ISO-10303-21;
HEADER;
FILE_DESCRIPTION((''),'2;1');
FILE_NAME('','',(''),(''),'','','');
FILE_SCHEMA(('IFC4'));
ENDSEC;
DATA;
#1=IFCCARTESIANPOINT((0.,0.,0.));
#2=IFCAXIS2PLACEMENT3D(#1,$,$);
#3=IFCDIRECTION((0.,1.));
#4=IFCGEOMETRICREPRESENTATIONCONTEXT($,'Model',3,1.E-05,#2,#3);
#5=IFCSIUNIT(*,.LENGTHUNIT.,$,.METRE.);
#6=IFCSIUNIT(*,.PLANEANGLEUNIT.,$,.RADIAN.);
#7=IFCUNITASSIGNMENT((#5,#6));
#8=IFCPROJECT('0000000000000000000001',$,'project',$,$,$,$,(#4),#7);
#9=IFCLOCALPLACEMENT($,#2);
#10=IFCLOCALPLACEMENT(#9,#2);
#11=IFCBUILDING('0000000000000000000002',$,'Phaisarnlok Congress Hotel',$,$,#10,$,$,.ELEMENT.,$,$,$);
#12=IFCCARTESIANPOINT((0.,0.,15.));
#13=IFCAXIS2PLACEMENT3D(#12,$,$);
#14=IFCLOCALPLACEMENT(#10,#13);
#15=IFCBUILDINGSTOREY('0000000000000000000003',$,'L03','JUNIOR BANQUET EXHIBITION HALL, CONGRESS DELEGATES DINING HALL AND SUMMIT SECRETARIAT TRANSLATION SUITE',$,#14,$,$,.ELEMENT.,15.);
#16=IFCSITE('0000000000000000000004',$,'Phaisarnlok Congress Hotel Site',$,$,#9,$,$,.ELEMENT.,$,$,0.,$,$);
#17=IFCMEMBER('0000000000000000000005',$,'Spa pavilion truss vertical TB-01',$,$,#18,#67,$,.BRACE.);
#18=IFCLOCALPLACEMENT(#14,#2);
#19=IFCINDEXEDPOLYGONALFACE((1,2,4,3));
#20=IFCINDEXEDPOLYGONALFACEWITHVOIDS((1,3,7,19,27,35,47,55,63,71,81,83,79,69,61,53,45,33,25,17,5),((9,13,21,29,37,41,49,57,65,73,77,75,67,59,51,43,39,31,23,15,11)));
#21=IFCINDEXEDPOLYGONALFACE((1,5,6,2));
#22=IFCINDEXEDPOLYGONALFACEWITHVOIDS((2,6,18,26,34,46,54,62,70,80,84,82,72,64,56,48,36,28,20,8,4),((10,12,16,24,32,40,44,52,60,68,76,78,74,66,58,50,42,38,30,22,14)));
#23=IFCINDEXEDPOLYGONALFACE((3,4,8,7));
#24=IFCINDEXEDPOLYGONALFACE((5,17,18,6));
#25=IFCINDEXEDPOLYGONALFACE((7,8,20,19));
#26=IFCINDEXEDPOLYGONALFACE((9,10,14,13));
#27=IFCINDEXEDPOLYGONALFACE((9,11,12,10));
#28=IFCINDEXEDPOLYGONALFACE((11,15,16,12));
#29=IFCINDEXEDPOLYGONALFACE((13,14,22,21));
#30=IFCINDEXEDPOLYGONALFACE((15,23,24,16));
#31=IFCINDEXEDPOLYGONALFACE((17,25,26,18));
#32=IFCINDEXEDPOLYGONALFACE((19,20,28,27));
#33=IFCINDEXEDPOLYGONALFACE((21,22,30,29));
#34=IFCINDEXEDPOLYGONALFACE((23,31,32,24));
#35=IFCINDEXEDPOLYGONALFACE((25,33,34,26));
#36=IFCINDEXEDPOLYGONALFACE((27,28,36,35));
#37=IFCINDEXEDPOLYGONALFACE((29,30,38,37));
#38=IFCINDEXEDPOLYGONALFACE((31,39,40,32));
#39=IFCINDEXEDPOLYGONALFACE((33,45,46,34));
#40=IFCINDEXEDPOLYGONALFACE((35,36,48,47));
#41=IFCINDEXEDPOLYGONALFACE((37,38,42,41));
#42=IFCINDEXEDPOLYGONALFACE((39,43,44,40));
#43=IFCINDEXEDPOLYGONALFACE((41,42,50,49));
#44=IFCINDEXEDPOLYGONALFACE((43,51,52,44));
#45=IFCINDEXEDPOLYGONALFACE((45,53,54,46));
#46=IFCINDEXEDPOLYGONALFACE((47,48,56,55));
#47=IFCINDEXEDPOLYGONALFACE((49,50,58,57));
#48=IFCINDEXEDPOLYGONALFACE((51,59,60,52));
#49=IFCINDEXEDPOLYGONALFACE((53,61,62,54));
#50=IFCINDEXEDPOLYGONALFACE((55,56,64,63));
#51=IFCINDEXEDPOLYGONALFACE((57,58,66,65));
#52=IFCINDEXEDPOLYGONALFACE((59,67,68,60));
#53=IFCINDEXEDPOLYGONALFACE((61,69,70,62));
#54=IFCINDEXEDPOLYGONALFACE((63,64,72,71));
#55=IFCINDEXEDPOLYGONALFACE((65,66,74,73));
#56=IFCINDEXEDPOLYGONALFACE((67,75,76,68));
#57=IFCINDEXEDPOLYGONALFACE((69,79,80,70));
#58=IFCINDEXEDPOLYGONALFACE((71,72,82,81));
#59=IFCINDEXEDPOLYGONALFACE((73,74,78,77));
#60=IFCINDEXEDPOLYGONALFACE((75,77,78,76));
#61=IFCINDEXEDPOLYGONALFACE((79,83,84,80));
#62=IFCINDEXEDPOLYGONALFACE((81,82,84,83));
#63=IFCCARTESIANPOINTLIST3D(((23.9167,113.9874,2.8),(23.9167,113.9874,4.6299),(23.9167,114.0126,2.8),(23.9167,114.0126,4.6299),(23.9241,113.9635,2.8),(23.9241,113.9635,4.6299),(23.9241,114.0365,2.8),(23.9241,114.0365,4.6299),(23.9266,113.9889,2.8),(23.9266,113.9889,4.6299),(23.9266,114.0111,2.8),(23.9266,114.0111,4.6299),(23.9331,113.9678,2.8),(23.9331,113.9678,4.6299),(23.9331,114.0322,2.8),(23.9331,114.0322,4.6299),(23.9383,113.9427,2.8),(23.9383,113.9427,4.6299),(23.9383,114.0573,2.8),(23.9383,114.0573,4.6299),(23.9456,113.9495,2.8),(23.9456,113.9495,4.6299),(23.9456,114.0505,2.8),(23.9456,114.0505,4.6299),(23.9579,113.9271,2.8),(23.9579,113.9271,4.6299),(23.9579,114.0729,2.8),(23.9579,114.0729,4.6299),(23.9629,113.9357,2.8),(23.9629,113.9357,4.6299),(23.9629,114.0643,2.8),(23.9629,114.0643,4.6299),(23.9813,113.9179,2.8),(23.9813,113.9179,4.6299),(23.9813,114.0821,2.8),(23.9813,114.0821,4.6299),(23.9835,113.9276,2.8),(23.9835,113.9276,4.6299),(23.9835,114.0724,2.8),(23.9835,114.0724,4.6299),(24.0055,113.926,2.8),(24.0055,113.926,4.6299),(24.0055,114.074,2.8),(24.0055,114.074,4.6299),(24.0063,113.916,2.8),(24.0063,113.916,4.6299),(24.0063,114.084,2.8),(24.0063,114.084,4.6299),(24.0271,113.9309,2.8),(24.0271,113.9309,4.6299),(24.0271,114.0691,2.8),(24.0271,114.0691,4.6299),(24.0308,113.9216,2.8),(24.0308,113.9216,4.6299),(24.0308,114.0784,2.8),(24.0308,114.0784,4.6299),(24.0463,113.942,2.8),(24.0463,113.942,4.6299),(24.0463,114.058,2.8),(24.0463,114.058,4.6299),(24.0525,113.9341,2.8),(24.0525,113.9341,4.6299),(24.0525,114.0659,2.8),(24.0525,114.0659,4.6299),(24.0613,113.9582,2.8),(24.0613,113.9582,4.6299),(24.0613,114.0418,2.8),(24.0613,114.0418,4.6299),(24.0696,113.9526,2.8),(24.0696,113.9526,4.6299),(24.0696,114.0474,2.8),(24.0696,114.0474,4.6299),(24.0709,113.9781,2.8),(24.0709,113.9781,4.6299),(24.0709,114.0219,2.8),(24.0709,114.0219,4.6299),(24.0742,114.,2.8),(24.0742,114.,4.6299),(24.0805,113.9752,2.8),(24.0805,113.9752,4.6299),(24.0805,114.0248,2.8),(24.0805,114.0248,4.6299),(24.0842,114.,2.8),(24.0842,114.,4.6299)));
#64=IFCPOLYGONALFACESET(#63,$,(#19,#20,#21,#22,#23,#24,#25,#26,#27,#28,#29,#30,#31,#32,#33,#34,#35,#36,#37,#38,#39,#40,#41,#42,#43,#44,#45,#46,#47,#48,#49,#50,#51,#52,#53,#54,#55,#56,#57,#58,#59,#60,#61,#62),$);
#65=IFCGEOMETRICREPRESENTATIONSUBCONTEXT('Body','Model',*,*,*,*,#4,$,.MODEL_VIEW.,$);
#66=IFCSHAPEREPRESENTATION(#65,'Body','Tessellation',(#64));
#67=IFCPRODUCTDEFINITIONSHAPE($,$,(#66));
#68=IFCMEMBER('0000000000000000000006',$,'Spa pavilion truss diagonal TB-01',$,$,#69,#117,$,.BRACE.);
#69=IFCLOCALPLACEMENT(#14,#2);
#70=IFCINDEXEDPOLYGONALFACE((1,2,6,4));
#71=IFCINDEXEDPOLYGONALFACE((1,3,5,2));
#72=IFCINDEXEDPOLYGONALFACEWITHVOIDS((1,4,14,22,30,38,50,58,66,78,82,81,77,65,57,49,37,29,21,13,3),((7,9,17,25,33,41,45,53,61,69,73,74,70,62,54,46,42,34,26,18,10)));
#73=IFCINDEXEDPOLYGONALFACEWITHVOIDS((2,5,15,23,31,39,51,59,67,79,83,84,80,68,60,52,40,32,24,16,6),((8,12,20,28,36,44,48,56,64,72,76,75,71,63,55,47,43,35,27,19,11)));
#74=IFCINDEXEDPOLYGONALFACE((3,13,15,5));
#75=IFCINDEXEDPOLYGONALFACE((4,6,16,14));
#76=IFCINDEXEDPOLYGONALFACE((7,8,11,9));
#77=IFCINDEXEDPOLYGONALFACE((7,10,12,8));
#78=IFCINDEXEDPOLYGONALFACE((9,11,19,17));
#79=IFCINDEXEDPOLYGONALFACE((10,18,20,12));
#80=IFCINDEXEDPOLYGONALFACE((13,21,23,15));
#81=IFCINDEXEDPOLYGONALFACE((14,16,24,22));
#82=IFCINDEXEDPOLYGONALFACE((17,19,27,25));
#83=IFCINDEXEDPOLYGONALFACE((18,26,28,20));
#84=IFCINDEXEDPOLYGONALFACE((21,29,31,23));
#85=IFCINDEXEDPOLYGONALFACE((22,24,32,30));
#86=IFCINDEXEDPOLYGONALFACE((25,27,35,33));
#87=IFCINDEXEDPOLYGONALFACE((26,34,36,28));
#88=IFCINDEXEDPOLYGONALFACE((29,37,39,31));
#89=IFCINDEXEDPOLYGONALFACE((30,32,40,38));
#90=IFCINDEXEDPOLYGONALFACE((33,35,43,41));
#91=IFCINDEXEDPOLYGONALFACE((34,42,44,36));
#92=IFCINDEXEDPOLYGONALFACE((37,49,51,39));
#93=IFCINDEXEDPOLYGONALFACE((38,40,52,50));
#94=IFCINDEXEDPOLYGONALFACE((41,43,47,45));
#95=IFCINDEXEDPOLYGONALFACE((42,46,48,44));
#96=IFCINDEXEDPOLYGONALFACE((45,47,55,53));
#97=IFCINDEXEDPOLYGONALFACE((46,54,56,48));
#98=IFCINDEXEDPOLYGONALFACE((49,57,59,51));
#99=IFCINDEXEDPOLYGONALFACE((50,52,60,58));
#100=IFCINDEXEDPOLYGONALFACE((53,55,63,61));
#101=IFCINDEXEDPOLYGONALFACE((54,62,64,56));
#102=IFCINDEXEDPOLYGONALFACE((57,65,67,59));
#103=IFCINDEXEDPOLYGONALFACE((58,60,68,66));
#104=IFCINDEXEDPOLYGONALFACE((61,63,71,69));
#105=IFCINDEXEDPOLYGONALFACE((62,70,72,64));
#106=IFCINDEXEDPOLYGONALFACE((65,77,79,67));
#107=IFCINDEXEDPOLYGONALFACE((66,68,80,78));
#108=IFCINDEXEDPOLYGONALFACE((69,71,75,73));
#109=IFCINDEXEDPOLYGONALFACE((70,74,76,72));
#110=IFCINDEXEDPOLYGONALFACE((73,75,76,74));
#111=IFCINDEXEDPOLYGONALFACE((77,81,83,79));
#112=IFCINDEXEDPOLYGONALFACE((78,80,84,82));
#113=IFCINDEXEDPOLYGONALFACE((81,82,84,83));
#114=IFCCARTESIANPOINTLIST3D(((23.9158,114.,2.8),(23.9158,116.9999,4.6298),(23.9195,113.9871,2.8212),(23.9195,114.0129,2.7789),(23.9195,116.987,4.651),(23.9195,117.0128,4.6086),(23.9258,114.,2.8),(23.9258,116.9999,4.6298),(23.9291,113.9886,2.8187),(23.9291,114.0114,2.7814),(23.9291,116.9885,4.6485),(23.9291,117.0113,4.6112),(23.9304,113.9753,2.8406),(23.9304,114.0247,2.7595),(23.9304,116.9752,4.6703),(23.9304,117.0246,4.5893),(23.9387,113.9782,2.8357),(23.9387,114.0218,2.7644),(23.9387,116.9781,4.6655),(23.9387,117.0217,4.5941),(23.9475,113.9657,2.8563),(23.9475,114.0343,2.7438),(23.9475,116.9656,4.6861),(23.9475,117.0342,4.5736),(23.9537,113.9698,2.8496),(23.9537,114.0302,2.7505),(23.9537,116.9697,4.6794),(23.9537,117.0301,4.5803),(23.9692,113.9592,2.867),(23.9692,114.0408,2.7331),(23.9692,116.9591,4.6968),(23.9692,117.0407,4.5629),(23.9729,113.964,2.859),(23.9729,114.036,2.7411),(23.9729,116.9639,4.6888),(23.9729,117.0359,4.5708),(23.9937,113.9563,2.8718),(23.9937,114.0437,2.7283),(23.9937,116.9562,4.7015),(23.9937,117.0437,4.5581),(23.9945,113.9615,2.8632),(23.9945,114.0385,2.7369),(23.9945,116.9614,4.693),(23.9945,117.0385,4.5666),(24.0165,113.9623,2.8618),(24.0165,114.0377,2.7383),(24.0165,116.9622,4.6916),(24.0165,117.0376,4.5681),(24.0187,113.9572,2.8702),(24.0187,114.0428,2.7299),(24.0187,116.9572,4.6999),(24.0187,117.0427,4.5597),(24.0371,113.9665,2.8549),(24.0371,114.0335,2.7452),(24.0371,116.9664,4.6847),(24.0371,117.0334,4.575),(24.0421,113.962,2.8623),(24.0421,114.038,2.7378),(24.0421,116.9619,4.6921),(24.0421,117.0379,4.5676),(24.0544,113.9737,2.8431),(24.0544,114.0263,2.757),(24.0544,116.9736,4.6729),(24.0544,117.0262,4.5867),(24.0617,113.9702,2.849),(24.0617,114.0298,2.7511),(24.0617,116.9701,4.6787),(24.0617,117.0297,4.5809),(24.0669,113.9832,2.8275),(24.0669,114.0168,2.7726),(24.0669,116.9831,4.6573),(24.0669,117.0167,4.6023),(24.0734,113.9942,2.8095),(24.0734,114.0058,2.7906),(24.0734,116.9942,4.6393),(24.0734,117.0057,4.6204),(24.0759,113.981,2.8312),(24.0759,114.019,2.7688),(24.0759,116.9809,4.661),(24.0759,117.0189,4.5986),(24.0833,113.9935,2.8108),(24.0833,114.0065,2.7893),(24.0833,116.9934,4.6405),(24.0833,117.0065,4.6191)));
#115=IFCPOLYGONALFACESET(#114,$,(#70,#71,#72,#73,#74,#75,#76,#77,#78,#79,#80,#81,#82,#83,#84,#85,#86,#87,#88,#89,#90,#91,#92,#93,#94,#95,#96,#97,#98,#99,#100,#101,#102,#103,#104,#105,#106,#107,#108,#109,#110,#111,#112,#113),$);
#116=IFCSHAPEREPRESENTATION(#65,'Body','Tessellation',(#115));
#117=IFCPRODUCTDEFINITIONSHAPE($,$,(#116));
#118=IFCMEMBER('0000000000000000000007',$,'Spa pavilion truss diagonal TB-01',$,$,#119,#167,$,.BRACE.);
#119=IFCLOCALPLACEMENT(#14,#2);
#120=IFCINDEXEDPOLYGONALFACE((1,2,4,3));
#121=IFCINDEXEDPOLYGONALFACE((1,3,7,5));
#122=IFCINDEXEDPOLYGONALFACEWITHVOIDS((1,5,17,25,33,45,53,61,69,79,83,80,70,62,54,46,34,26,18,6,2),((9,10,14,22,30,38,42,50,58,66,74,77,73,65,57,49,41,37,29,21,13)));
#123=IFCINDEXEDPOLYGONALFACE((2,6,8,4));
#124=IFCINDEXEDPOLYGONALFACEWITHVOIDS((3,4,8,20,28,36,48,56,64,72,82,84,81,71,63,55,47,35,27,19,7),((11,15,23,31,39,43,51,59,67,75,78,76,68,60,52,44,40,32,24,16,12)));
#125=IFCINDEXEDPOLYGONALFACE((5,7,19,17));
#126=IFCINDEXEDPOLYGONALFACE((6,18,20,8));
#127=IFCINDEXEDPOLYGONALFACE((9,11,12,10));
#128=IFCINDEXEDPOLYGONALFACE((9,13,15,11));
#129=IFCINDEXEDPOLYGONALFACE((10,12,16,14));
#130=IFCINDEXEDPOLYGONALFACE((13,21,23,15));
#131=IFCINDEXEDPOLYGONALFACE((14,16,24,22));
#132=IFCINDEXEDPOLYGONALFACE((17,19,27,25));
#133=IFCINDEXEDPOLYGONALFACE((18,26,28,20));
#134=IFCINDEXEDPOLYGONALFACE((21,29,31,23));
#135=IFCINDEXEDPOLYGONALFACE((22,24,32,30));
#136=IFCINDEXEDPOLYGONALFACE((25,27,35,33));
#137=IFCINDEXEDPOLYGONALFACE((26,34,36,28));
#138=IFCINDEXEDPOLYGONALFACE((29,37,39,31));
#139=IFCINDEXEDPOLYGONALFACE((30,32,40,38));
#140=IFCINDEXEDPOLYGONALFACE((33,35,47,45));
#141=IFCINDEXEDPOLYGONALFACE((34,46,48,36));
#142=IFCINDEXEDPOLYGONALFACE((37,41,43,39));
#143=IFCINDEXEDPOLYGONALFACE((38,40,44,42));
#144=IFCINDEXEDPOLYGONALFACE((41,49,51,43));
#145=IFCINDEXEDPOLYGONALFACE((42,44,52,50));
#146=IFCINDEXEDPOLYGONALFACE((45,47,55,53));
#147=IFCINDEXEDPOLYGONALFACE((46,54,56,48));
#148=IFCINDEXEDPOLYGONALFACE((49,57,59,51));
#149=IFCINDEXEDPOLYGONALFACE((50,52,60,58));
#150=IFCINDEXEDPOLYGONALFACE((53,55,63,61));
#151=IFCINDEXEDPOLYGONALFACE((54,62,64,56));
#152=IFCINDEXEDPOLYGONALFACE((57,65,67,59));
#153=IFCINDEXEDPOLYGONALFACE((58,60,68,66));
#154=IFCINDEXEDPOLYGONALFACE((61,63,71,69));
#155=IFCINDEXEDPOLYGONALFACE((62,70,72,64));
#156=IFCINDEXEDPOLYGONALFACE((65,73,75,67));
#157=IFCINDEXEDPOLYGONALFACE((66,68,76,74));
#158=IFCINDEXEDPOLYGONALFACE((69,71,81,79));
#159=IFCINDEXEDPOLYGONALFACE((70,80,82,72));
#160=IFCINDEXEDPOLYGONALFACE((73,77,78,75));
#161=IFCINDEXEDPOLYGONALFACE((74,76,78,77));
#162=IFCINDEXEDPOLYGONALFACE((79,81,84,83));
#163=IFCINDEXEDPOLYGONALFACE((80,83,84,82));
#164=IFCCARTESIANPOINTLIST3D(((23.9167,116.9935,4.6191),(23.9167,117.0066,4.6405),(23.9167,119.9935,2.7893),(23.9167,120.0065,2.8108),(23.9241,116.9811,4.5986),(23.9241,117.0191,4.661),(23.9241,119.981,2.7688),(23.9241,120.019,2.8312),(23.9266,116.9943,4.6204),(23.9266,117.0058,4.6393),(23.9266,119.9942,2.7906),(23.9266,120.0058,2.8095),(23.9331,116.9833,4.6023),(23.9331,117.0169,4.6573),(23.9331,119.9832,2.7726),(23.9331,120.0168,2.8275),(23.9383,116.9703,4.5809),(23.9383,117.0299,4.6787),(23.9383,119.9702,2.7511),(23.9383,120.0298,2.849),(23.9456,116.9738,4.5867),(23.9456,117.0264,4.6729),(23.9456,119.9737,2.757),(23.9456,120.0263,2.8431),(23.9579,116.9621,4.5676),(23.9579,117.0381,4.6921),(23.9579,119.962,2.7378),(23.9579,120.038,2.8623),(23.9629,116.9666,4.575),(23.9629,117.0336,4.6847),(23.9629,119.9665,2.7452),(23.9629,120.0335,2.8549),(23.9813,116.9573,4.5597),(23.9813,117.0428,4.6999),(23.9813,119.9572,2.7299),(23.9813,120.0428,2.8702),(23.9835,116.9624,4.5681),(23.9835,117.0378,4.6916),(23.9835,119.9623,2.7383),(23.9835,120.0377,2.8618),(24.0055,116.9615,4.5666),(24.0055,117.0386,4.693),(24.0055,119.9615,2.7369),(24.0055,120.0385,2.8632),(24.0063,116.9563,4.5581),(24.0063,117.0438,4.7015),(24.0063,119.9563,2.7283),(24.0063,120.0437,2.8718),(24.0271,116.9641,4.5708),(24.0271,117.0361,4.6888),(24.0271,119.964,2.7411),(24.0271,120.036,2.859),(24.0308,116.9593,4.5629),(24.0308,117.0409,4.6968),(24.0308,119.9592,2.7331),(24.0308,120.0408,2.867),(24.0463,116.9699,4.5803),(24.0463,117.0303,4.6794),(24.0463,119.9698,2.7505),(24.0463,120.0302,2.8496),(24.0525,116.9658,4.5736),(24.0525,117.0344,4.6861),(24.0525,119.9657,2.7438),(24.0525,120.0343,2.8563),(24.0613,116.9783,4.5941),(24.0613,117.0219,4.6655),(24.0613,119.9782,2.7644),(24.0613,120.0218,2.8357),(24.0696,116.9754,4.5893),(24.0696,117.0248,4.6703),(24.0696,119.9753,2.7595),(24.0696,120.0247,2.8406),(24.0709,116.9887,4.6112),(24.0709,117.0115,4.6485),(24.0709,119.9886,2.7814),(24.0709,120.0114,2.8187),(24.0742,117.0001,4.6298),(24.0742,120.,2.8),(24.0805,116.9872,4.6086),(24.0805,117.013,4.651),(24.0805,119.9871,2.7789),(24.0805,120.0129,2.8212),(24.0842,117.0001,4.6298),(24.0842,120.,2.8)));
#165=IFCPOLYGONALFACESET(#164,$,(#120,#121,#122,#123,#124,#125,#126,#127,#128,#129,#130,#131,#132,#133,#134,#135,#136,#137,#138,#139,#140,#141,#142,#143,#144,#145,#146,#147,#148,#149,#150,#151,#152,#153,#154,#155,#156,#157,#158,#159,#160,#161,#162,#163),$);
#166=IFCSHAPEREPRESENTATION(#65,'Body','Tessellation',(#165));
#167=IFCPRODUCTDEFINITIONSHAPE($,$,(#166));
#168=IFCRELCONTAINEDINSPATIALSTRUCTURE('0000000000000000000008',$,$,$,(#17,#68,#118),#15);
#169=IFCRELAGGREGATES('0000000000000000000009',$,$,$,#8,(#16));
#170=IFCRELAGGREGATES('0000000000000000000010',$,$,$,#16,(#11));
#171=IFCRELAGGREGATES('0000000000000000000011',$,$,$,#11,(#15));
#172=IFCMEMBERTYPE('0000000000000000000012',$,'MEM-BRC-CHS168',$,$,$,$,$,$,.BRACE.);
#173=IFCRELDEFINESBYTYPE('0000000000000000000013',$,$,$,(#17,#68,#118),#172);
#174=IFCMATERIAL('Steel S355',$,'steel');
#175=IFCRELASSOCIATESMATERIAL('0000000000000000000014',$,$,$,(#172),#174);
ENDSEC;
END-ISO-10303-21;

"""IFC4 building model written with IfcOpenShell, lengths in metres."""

from ifc_helpers import new_model, si_unit, direction, frame, origin, origin_2d, place, context, subcontext, project, spatial, hollow_circle, extrude, material, material_profile, profile_set, type_object, element, save


model = new_model("IFC4")

# Units and contexts
model_context = context("Model", 3, precision=1e-05, world=origin(), true_north=direction((0.0, 1.0)))
body_context = subcontext(model_context, "Body", "Model", "MODEL_VIEW")
ifc_project = project(units=[si_unit("LENGTHUNIT", "METRE"), si_unit("PLANEANGLEUNIT", "RADIAN")], contexts=[model_context])

# Site, building, storey
site_placement = place(None, origin())
site = spatial("IfcSite", under=ifc_project, at=site_placement, Name="Phaisarnlok Congress Hotel Site", CompositionType="ELEMENT", RefElevation=0.0)
building_placement = place(site_placement, origin())
building = spatial("IfcBuilding", under=site, at=building_placement, Name="Phaisarnlok Congress Hotel", CompositionType="ELEMENT")
storey_placement = place(building_placement, frame((0.0, 0.0, 15.0)))
storey = spatial("IfcBuildingStorey", under=building, at=storey_placement, Name="L03", Description="JUNIOR BANQUET EXHIBITION HALL, CONGRESS DELEGATES DINING HALL AND SUMMIT SECRETARIAT TRANSLATION SUITE", CompositionType="ELEMENT", Elevation=15.0)

# Members
ifc_material_1 = material(Name="Steel S355", Category="steel")
ifc_material_profile_1 = material_profile(ifc_material_1, hollow_circle(Radius=0.0842, WallThickness=0.01, at=origin_2d()), Name="CHS 168.3x10")
ifc_profile_set_1 = profile_set([ifc_material_profile_1], Name="Steel S355")
member_type_1 = type_object("IfcMemberType", Name="MEM-BRC-CHS168", PredefinedType="BRACE", material=ifc_profile_set_1)
member_1_placement = place(storey_placement, frame((24.0, 114.0, 2.8), z_axis=(0.0, 0.0, 1.0), x_axis=(1.0, 0.0, 0.0)))
element("IfcMember", 1, at=member_1_placement, inside=storey, type_object=member_type_1, Name="Spa pavilion truss vertical TB-01", PredefinedType="BRACE", context=body_context, shape_type="SweptSolid", body=[
    extrude(hollow_circle(Radius=0.0842, WallThickness=0.01, at=origin_2d()), origin(), (0.0, 0.0, 1.0), 1.8298),
])
for number, where, z_axis, x_axis, name in (
    (2, (24.0, 114.0, 2.8), (0.0, 0.853725, 0.520725), (-1.0, 0.0, 0.0), "Spa pavilion truss diagonal TB-01"),
    (3, (24.0, 120.0, 2.8), (0.0, -0.853725, 0.520725), (1.0, 0.0, 0.0), "Spa pavilion truss diagonal TB-01"),
):
    element("IfcMember", number, at=place(storey_placement, frame(where, z_axis=z_axis, x_axis=x_axis)), inside=storey, type_object=member_type_1, Name=name, PredefinedType="BRACE", context=body_context, shape_type="SweptSolid", body=[
        extrude(hollow_circle(Radius=0.0842, WallThickness=0.01, at=origin_2d()), origin(), (0.0, 0.0, 1.0), 3.5139),
    ])

save(model, "model.ifc")
